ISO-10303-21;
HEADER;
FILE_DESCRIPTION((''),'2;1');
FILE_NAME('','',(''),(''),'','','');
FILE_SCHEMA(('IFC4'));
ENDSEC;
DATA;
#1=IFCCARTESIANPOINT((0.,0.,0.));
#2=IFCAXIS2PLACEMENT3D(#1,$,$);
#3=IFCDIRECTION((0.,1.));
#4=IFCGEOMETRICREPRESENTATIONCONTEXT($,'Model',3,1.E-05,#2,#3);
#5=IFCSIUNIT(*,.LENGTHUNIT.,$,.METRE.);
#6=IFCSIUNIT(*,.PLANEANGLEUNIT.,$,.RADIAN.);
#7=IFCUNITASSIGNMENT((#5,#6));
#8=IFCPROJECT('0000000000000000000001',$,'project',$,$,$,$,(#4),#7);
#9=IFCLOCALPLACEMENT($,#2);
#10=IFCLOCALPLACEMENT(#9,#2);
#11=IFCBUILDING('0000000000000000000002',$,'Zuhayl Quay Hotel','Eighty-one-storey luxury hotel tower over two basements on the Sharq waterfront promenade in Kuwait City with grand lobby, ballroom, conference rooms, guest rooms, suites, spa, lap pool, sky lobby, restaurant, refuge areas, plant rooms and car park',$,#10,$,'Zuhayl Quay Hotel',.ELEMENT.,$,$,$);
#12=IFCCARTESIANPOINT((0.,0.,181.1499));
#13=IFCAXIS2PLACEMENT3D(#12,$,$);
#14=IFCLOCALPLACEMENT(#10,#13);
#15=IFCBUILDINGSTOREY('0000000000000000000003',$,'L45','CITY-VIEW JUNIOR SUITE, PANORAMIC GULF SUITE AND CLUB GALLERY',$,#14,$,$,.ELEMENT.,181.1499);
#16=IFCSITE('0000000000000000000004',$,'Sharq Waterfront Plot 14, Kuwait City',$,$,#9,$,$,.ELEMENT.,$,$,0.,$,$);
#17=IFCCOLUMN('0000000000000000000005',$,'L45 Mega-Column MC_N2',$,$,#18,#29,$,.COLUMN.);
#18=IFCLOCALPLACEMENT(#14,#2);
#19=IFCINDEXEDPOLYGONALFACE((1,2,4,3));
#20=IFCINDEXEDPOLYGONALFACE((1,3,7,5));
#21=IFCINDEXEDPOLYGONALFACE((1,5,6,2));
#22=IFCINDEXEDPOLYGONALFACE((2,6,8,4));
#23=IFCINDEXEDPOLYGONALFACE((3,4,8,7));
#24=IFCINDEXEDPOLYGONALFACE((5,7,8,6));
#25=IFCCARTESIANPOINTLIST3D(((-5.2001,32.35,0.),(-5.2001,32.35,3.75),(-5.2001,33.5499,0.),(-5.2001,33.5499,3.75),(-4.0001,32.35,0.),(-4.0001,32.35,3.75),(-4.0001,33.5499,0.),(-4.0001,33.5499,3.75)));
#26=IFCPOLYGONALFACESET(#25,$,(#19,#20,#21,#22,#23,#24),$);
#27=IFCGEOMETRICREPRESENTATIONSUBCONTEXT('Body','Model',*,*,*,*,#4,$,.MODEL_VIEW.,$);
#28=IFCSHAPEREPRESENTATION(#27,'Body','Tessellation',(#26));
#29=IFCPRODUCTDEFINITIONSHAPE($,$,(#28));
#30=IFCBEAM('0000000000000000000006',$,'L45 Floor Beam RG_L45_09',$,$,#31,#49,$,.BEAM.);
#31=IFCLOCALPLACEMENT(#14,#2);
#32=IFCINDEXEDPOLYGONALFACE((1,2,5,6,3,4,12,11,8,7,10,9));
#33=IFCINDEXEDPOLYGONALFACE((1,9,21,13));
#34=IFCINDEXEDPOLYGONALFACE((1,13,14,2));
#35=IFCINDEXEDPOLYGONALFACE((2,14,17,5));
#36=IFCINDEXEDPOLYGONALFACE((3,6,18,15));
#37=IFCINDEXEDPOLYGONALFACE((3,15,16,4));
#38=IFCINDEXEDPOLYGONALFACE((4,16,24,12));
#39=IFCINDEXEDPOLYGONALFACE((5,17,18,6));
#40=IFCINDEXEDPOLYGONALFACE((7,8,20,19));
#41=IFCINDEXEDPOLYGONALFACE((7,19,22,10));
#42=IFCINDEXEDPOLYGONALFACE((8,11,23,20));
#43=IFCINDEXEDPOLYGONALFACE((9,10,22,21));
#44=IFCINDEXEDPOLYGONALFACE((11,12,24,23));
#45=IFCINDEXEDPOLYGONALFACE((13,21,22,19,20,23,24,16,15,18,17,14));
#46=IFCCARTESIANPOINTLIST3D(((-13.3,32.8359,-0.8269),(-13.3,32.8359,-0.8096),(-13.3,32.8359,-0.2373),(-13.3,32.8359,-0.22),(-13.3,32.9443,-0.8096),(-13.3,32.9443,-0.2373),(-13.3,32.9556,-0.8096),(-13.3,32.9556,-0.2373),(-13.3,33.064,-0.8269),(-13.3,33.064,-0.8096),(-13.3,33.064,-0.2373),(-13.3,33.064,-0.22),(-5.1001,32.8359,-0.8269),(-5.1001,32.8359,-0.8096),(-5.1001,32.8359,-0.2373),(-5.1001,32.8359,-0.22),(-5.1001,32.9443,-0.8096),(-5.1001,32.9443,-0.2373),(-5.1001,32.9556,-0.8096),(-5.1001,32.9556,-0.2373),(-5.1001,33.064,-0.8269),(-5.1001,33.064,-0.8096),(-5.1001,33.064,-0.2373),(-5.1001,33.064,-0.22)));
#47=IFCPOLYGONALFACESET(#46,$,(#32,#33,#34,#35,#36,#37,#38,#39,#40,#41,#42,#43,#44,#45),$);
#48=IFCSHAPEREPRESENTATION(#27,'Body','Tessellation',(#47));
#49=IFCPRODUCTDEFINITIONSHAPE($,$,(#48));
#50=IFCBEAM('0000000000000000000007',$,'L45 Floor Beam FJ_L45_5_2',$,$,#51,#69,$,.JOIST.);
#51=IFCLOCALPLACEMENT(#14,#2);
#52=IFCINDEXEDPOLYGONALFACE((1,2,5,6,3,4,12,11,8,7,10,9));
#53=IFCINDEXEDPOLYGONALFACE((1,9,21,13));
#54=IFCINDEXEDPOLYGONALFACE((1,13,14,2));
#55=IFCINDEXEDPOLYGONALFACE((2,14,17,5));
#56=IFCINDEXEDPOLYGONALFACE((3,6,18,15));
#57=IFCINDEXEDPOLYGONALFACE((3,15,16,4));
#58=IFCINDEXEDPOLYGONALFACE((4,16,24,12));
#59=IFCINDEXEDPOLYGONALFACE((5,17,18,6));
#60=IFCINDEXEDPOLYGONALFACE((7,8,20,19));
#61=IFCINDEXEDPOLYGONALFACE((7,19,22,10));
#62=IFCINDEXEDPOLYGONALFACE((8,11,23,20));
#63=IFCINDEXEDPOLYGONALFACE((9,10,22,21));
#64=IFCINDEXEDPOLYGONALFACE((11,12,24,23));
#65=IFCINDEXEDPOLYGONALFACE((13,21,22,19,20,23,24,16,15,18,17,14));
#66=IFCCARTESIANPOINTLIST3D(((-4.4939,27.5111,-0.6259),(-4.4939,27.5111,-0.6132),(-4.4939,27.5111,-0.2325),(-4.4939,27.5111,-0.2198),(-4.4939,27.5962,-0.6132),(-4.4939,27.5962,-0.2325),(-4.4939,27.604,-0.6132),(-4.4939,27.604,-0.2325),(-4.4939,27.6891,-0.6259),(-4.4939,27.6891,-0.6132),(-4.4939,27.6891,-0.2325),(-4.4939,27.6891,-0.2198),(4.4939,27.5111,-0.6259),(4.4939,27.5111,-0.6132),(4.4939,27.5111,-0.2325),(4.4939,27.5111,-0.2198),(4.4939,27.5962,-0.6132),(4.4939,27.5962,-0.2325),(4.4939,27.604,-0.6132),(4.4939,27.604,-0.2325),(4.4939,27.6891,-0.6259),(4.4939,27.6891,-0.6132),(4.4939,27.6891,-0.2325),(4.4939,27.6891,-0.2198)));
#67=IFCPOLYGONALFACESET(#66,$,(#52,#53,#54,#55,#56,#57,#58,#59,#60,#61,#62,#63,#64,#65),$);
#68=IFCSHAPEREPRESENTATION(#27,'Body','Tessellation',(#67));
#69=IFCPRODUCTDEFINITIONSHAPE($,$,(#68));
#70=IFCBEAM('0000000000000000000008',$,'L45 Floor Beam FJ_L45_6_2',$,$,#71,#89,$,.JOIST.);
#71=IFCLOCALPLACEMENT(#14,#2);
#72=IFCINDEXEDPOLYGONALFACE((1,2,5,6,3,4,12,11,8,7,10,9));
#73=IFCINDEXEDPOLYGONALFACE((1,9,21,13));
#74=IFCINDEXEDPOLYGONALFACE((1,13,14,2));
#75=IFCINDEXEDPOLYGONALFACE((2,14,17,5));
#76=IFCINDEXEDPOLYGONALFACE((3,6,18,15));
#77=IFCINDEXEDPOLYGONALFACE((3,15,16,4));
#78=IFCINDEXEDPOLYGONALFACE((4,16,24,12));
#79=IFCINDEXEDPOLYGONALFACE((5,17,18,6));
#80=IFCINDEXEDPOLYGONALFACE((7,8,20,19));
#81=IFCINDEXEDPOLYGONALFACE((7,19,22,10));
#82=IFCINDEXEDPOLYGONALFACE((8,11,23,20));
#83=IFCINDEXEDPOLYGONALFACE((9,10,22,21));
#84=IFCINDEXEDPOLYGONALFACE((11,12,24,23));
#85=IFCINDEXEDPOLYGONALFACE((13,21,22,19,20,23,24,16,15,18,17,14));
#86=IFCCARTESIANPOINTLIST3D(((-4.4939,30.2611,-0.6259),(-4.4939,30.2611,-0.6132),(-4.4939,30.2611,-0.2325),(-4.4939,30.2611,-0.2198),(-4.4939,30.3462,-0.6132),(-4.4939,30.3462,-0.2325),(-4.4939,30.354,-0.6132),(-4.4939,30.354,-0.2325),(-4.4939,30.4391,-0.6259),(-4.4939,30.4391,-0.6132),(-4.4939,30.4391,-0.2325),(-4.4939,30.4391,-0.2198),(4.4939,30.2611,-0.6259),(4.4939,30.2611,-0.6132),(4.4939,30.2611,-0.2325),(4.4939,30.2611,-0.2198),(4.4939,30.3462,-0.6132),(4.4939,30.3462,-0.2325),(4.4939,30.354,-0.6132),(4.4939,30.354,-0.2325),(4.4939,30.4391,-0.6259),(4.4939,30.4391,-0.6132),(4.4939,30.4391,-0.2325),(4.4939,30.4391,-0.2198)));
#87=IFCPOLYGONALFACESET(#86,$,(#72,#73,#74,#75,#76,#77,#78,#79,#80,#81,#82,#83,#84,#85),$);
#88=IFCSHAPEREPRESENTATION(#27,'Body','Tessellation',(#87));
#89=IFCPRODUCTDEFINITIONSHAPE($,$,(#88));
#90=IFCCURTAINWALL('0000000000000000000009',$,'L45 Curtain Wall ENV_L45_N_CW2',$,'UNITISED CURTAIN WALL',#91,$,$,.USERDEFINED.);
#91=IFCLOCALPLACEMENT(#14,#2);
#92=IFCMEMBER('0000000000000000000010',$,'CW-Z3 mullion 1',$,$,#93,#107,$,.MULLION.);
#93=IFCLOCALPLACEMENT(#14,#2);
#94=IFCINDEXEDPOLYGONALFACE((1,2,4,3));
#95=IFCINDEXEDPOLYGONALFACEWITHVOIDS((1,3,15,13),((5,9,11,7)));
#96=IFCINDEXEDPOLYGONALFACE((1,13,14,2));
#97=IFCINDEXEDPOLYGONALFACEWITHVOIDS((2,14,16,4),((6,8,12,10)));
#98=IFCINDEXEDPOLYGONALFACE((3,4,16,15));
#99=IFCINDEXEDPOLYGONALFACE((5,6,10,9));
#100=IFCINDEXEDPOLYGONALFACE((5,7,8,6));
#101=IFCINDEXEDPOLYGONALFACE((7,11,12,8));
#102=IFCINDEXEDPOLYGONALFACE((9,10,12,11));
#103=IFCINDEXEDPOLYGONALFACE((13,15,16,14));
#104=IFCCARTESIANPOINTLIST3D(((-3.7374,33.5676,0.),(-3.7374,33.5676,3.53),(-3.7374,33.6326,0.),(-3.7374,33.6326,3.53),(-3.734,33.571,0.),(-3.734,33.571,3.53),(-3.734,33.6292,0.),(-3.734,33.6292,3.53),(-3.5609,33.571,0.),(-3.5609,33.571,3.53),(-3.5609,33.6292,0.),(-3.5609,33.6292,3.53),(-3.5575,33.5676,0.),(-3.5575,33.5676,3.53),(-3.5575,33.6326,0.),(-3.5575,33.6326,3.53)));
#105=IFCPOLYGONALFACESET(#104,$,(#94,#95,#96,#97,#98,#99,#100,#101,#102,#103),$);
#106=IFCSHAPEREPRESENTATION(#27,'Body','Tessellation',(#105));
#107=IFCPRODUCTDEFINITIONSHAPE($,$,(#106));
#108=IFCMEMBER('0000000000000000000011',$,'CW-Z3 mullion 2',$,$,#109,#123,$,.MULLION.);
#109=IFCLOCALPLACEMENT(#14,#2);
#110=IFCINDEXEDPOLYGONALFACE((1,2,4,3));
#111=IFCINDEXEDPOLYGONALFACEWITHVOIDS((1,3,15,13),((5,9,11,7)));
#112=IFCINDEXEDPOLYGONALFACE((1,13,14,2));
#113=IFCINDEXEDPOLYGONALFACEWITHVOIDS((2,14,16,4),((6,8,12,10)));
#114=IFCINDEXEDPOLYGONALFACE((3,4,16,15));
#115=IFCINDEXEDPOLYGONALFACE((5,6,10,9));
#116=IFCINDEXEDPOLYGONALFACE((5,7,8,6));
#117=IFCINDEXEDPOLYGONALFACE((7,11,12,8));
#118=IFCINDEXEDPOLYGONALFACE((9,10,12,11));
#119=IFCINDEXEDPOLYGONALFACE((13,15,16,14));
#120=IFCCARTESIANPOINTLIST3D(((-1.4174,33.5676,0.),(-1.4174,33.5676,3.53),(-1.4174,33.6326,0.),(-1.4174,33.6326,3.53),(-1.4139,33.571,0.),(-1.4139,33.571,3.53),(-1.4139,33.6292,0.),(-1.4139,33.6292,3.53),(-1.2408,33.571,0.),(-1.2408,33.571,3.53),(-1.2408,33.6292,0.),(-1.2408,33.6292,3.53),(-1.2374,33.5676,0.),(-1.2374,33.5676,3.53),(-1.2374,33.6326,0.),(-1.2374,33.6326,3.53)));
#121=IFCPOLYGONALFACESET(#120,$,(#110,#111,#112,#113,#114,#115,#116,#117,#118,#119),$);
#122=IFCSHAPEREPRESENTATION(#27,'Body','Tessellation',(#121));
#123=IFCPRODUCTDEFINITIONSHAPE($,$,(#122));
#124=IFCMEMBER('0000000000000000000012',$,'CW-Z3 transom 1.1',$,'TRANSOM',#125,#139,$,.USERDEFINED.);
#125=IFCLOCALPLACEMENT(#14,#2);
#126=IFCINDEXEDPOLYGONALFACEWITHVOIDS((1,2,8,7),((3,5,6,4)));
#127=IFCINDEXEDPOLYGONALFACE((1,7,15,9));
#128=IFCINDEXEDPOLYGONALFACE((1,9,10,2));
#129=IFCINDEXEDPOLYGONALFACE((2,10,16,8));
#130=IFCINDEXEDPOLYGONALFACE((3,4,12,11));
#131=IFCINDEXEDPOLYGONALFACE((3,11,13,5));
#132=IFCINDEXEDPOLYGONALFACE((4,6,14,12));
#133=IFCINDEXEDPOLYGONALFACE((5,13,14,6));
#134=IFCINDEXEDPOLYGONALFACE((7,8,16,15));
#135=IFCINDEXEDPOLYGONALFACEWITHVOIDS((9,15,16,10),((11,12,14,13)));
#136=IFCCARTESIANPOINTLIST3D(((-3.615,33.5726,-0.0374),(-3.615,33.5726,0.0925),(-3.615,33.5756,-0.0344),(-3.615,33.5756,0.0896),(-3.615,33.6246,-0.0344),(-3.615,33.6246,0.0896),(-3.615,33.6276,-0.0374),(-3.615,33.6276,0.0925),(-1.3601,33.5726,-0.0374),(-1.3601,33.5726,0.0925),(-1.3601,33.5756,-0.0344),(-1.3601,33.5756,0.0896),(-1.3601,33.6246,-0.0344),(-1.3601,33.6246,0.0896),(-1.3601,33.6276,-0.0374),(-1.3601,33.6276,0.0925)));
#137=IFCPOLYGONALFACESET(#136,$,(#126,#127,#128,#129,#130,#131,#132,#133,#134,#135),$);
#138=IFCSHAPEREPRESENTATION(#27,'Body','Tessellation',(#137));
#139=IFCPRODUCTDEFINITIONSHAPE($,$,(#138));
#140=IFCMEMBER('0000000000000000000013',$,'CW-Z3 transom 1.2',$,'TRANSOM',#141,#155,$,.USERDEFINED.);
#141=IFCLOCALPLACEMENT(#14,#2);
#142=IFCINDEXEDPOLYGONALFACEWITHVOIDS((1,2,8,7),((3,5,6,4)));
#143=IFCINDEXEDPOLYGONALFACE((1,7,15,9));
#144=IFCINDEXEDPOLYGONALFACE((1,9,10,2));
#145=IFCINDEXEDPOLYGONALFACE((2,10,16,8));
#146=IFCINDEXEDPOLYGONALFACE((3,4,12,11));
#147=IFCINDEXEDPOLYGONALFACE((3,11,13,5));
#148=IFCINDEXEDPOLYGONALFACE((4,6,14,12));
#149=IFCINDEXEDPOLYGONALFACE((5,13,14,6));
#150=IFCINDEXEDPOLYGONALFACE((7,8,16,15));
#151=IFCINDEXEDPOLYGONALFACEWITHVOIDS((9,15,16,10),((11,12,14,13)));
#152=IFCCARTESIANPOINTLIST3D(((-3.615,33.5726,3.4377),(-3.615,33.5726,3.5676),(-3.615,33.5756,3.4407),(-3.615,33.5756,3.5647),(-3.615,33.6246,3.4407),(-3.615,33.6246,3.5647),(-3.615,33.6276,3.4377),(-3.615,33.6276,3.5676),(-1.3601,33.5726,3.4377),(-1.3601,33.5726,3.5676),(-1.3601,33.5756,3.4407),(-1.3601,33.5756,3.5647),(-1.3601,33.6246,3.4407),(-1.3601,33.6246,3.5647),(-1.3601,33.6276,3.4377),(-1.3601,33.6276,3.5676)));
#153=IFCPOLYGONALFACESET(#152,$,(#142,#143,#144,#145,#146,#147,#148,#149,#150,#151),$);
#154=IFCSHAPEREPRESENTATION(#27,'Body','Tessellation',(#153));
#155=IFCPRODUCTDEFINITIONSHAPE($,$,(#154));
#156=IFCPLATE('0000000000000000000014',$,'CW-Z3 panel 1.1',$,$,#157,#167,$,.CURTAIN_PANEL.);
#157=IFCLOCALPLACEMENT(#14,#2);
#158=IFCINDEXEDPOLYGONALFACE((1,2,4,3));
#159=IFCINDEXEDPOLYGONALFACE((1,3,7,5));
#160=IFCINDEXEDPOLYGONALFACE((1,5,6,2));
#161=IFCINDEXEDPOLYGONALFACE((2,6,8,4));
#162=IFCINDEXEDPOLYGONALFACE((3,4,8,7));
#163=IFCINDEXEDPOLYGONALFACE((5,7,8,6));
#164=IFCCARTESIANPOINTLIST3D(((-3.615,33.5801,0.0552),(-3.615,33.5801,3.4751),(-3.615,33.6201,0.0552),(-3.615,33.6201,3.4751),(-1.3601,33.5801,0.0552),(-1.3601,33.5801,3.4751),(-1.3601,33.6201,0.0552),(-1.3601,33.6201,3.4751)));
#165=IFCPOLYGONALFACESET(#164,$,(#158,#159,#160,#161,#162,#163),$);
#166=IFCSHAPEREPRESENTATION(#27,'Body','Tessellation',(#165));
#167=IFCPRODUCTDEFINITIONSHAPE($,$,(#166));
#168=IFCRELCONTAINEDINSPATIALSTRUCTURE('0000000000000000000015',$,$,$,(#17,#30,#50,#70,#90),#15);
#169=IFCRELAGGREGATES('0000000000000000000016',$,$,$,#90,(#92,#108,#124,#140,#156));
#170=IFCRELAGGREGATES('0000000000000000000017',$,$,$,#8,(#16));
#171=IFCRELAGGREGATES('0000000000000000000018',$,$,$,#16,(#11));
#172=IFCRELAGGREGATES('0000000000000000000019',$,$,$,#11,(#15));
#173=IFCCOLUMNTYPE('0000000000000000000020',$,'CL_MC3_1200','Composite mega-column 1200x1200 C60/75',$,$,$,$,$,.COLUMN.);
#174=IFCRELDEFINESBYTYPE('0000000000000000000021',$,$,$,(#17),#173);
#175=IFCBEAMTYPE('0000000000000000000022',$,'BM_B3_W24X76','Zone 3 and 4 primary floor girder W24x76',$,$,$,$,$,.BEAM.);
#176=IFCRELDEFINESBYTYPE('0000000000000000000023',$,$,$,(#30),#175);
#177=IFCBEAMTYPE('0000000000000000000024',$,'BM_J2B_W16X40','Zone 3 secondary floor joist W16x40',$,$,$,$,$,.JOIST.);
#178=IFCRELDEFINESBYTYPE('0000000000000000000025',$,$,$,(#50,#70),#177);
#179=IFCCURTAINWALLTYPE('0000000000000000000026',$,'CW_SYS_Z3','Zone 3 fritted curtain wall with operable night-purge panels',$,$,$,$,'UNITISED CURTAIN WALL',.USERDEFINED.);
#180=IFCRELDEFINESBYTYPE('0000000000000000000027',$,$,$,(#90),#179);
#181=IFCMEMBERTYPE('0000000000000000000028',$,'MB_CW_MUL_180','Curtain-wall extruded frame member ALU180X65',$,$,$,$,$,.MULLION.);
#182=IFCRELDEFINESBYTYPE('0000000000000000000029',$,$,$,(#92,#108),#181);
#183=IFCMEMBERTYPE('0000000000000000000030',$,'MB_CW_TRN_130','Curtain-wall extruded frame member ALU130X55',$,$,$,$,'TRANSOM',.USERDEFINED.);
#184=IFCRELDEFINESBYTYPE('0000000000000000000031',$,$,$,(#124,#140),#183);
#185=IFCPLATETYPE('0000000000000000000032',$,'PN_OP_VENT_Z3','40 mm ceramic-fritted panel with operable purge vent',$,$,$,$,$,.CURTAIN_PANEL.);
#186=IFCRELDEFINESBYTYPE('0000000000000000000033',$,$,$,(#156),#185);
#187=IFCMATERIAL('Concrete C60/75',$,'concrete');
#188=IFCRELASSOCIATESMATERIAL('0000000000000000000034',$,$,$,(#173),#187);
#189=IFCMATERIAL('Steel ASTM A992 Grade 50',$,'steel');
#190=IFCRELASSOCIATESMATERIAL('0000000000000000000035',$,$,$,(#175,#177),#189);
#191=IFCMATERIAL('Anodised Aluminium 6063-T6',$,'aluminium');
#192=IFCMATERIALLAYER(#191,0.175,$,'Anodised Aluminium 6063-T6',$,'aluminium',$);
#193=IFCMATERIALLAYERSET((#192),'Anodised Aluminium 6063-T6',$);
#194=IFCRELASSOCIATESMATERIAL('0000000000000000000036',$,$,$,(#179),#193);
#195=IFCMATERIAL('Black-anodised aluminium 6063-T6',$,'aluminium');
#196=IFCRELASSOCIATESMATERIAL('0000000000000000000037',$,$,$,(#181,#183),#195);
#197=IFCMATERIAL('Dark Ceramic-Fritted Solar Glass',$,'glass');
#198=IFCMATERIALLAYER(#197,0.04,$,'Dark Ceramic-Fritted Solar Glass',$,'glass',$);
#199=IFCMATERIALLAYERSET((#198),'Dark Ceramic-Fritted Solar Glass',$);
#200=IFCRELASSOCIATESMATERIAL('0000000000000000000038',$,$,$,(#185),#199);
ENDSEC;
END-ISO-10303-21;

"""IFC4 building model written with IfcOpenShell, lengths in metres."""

from ifc_helpers import new_model, si_unit, direction, frame, origin, origin_2d, place, context, subcontext, project, spatial, rectangle, hollow_rectangle, i_section, extrude, material, layer, layer_set, material_profile, profile_set, type_object, element, aggregate, save


model = new_model("IFC4")

# Units and contexts
model_context = context("Model", 3, precision=1e-05, world=origin(), true_north=direction((0.0, 1.0)))
body_context = subcontext(model_context, "Body", "Model", "MODEL_VIEW")
ifc_project = project(units=[si_unit("LENGTHUNIT", "METRE"), si_unit("PLANEANGLEUNIT", "RADIAN")], contexts=[model_context])

# Site, building, storey
site_placement = place(None, origin())
site = spatial("IfcSite", under=ifc_project, at=site_placement, Name="Sharq Waterfront Plot 14, Kuwait City", CompositionType="ELEMENT", RefElevation=0.0)
building_placement = place(site_placement, origin())
building = spatial("IfcBuilding", under=site, at=building_placement, Name="Zuhayl Quay Hotel", Description="Eighty-one-storey luxury hotel tower over two basements on the Sharq waterfront promenade in Kuwait City with grand lobby, ballroom, conference rooms, guest rooms, suites, spa, lap pool, sky lobby, restaurant, refuge areas, plant rooms and car park", LongName="Zuhayl Quay Hotel", CompositionType="ELEMENT")
storey_placement = place(building_placement, frame((0.0, 0.0, 181.1499)))
storey = spatial("IfcBuildingStorey", under=building, at=storey_placement, Name="L45", Description="CITY-VIEW JUNIOR SUITE, PANORAMIC GULF SUITE AND CLUB GALLERY", CompositionType="ELEMENT", Elevation=181.1499)

# Column
ifc_material_1 = material(Name="Concrete C60/75", Category="concrete")
ifc_material_profile_1 = material_profile(ifc_material_1, rectangle(XDim=1.2, YDim=1.2, at=origin_2d()), Name="RC1200X1200")
ifc_profile_set_1 = profile_set([ifc_material_profile_1], Name="Concrete C60/75")
column_type = type_object("IfcColumnType", Name="CL_MC3_1200", Description="Composite mega-column 1200x1200 C60/75", PredefinedType="COLUMN", material=ifc_profile_set_1)
column_placement = place(storey_placement, frame((-4.6001, 32.95, 0.0), z_axis=(0.0, 0.0, 1.0), x_axis=(1.0, 0.0, 0.0)))
element("IfcColumn", 1, at=column_placement, inside=storey, type_object=column_type, Name="L45 Mega-Column MC_N2", PredefinedType="COLUMN", context=body_context, shape_type="SweptSolid", body=[
    extrude(rectangle(XDim=1.2, YDim=1.2, at=origin_2d()), origin(), (0.0, 0.0, 1.0), 3.75),
])

# Beams
ifc_material_2 = material(Name="Steel ASTM A992 Grade 50", Category="steel")
ifc_material_profile_2 = material_profile(ifc_material_2, i_section(OverallWidth=0.228, OverallDepth=0.6069, WebThickness=0.0112, FlangeThickness=0.0173, at=origin_2d()), Name="W24X76")
ifc_profile_set_2 = profile_set([ifc_material_profile_2], Name="Steel ASTM A992 Grade 50")
beam_type_1 = type_object("IfcBeamType", Name="BM_B3_W24X76", Description="Zone 3 and 4 primary floor girder W24x76", PredefinedType="BEAM", material=ifc_profile_set_2)
beam_placement = place(storey_placement, frame((-5.1001, 32.95, -0.5234), z_axis=(-1.0, 0.0, 0.0), x_axis=(0.0, -1.0, 0.0)))
element("IfcBeam", 2, at=beam_placement, inside=storey, type_object=beam_type_1, Name="L45 Floor Beam RG_L45_09", PredefinedType="BEAM", context=body_context, shape_type="SweptSolid", body=[
    extrude(i_section(OverallWidth=0.228, OverallDepth=0.6069, WebThickness=0.0112, FlangeThickness=0.0173, at=origin_2d()), origin(), (0.0, 0.0, 1.0), 8.2),
])
ifc_material_profile_3 = material_profile(ifc_material_2, i_section(OverallWidth=0.178, OverallDepth=0.406, WebThickness=0.0078, FlangeThickness=0.0127, at=origin_2d()), Name="W16X40")
ifc_profile_set_3 = profile_set([ifc_material_profile_3], Name="Steel ASTM A992 Grade 50")
beam_type_2 = type_object("IfcBeamType", Name="BM_J2B_W16X40", Description="Zone 3 secondary floor joist W16x40", PredefinedType="JOIST", material=ifc_profile_set_3)
for number, where, z_axis, x_axis, name in (
    (3, (-4.4939, 27.6001, -0.4229), (1.0, 0.0, 0.0), (0.0, 1.0, 0.0), "L45 Floor Beam FJ_L45_5_2"),
    (4, (-4.4939, 30.3501, -0.4229), (1.0, 0.0, 0.0), (0.0, 1.0, 0.0), "L45 Floor Beam FJ_L45_6_2"),
):
    element("IfcBeam", number, at=place(storey_placement, frame(where, z_axis=z_axis, x_axis=x_axis)), inside=storey, type_object=beam_type_2, Name=name, PredefinedType="JOIST", context=body_context, shape_type="SweptSolid", body=[
        extrude(i_section(OverallWidth=0.178, OverallDepth=0.406, WebThickness=0.0078, FlangeThickness=0.0127, at=origin_2d()), origin(), (0.0, 0.0, 1.0), 8.9878),
    ])

# Curtain wall, members, plate
ifc_material_3 = material(Name="Anodised Aluminium 6063-T6", Category="aluminium")
ifc_layer_1 = layer(ifc_material_3, 0.175, Name="Anodised Aluminium 6063-T6", Category="aluminium")
ifc_layer_set_1 = layer_set([ifc_layer_1], Name="Anodised Aluminium 6063-T6")
curtain_wall_type = type_object("IfcCurtainWallType", Name="CW_SYS_Z3", Description="Zone 3 fritted curtain wall with operable night-purge panels", ElementType="UNITISED CURTAIN WALL", PredefinedType="USERDEFINED", material=ifc_layer_set_1)
curtain_wall_placement = place(storey_placement, origin())
curtain_wall = element("IfcCurtainWall", 5, at=curtain_wall_placement, inside=storey, type_object=curtain_wall_type, Name="L45 Curtain Wall ENV_L45_N_CW2", ObjectType="UNITISED CURTAIN WALL", PredefinedType="USERDEFINED")
ifc_material_4 = material(Name="Black-anodised aluminium 6063-T6", Category="aluminium")
ifc_material_profile_4 = material_profile(ifc_material_4, hollow_rectangle(XDim=0.0649, YDim=0.1799, WallThickness=0.0034, at=origin_2d()), Name="ALU180X65")
ifc_profile_set_4 = profile_set([ifc_material_profile_4], Name="Black-anodised aluminium 6063-T6")
member_type_1 = type_object("IfcMemberType", Name="MB_CW_MUL_180", Description="Curtain-wall extruded frame member ALU180X65", PredefinedType="MULLION", material=ifc_profile_set_4)
member_1_placement = place(storey_placement, frame((-3.6475, 33.6001, 0.0), z_axis=(0.0, 0.0, 1.0), x_axis=(0.0, 1.0, 0.0)))
member_1 = element("IfcMember", 6, at=member_1_placement, type_object=member_type_1, Name="CW-Z3 mullion 1", PredefinedType="MULLION", context=body_context, shape_type="SweptSolid", body=[
    extrude(hollow_rectangle(XDim=0.0649, YDim=0.1799, WallThickness=0.0034, at=origin_2d()), origin(), (0.0, 0.0, 1.0), 3.53),
])
member_2_placement = place(storey_placement, frame((-1.3274, 33.6001, 0.0), z_axis=(0.0, 0.0, 1.0), x_axis=(0.0, 1.0, 0.0)))
member_2 = element("IfcMember", 7, at=member_2_placement, type_object=member_type_1, Name="CW-Z3 mullion 2", PredefinedType="MULLION", context=body_context, shape_type="SweptSolid", body=[
    extrude(hollow_rectangle(XDim=0.0649, YDim=0.1799, WallThickness=0.0034, at=origin_2d()), origin(), (0.0, 0.0, 1.0), 3.53),
])
ifc_material_profile_5 = material_profile(ifc_material_4, hollow_rectangle(XDim=0.0549, YDim=0.1299, WallThickness=0.0029, at=origin_2d()), Name="ALU130X55")
ifc_profile_set_5 = profile_set([ifc_material_profile_5], Name="Black-anodised aluminium 6063-T6")
member_type_2 = type_object("IfcMemberType", Name="MB_CW_TRN_130", Description="Curtain-wall extruded frame member ALU130X55", ElementType="TRANSOM", PredefinedType="USERDEFINED", material=ifc_profile_set_5)
member_3_placement = place(storey_placement, frame((-3.615, 33.6001, 0.0276), z_axis=(1.0, 0.0, 0.0), x_axis=(0.0, 1.0, 0.0)))
member_3 = element("IfcMember", 8, at=member_3_placement, type_object=member_type_2, Name="CW-Z3 transom 1.1", ObjectType="TRANSOM", PredefinedType="USERDEFINED", context=body_context, shape_type="SweptSolid", body=[
    extrude(hollow_rectangle(XDim=0.0549, YDim=0.1299, WallThickness=0.0029, at=origin_2d()), origin(), (0.0, 0.0, 1.0), 2.2549),
])
member_4_placement = place(storey_placement, frame((-3.615, 33.6001, 3.5027), z_axis=(1.0, 0.0, 0.0), x_axis=(0.0, 1.0, 0.0)))
member_4 = element("IfcMember", 9, at=member_4_placement, type_object=member_type_2, Name="CW-Z3 transom 1.2", ObjectType="TRANSOM", PredefinedType="USERDEFINED", context=body_context, shape_type="SweptSolid", body=[
    extrude(hollow_rectangle(XDim=0.0549, YDim=0.1299, WallThickness=0.0029, at=origin_2d()), origin(), (0.0, 0.0, 1.0), 2.2549),
])
ifc_material_5 = material(Name="Dark Ceramic-Fritted Solar Glass", Category="glass")
ifc_layer_2 = layer(ifc_material_5, 0.04, Name="Dark Ceramic-Fritted Solar Glass", Category="glass")
ifc_layer_set_2 = layer_set([ifc_layer_2], Name="Dark Ceramic-Fritted Solar Glass")
plate_type = type_object("IfcPlateType", Name="PN_OP_VENT_Z3", Description="40 mm ceramic-fritted panel with operable purge vent", PredefinedType="CURTAIN_PANEL", material=ifc_layer_set_2)
plate_placement = place(storey_placement, frame((-2.4875, 33.6001, 0.0552), z_axis=(0.0, 0.0, 1.0), x_axis=(1.0, 0.0, 0.0)))
plate = element("IfcPlate", 10, at=plate_placement, type_object=plate_type, Name="CW-Z3 panel 1.1", PredefinedType="CURTAIN_PANEL", context=body_context, shape_type="SweptSolid", body=[
    extrude(rectangle(XDim=2.2549, YDim=0.04, at=origin_2d()), origin(), (0.0, 0.0, 1.0), 3.4199),
])
aggregate(curtain_wall, [member_1, member_2, member_3, member_4, plate])

save(model, "model.ifc")
